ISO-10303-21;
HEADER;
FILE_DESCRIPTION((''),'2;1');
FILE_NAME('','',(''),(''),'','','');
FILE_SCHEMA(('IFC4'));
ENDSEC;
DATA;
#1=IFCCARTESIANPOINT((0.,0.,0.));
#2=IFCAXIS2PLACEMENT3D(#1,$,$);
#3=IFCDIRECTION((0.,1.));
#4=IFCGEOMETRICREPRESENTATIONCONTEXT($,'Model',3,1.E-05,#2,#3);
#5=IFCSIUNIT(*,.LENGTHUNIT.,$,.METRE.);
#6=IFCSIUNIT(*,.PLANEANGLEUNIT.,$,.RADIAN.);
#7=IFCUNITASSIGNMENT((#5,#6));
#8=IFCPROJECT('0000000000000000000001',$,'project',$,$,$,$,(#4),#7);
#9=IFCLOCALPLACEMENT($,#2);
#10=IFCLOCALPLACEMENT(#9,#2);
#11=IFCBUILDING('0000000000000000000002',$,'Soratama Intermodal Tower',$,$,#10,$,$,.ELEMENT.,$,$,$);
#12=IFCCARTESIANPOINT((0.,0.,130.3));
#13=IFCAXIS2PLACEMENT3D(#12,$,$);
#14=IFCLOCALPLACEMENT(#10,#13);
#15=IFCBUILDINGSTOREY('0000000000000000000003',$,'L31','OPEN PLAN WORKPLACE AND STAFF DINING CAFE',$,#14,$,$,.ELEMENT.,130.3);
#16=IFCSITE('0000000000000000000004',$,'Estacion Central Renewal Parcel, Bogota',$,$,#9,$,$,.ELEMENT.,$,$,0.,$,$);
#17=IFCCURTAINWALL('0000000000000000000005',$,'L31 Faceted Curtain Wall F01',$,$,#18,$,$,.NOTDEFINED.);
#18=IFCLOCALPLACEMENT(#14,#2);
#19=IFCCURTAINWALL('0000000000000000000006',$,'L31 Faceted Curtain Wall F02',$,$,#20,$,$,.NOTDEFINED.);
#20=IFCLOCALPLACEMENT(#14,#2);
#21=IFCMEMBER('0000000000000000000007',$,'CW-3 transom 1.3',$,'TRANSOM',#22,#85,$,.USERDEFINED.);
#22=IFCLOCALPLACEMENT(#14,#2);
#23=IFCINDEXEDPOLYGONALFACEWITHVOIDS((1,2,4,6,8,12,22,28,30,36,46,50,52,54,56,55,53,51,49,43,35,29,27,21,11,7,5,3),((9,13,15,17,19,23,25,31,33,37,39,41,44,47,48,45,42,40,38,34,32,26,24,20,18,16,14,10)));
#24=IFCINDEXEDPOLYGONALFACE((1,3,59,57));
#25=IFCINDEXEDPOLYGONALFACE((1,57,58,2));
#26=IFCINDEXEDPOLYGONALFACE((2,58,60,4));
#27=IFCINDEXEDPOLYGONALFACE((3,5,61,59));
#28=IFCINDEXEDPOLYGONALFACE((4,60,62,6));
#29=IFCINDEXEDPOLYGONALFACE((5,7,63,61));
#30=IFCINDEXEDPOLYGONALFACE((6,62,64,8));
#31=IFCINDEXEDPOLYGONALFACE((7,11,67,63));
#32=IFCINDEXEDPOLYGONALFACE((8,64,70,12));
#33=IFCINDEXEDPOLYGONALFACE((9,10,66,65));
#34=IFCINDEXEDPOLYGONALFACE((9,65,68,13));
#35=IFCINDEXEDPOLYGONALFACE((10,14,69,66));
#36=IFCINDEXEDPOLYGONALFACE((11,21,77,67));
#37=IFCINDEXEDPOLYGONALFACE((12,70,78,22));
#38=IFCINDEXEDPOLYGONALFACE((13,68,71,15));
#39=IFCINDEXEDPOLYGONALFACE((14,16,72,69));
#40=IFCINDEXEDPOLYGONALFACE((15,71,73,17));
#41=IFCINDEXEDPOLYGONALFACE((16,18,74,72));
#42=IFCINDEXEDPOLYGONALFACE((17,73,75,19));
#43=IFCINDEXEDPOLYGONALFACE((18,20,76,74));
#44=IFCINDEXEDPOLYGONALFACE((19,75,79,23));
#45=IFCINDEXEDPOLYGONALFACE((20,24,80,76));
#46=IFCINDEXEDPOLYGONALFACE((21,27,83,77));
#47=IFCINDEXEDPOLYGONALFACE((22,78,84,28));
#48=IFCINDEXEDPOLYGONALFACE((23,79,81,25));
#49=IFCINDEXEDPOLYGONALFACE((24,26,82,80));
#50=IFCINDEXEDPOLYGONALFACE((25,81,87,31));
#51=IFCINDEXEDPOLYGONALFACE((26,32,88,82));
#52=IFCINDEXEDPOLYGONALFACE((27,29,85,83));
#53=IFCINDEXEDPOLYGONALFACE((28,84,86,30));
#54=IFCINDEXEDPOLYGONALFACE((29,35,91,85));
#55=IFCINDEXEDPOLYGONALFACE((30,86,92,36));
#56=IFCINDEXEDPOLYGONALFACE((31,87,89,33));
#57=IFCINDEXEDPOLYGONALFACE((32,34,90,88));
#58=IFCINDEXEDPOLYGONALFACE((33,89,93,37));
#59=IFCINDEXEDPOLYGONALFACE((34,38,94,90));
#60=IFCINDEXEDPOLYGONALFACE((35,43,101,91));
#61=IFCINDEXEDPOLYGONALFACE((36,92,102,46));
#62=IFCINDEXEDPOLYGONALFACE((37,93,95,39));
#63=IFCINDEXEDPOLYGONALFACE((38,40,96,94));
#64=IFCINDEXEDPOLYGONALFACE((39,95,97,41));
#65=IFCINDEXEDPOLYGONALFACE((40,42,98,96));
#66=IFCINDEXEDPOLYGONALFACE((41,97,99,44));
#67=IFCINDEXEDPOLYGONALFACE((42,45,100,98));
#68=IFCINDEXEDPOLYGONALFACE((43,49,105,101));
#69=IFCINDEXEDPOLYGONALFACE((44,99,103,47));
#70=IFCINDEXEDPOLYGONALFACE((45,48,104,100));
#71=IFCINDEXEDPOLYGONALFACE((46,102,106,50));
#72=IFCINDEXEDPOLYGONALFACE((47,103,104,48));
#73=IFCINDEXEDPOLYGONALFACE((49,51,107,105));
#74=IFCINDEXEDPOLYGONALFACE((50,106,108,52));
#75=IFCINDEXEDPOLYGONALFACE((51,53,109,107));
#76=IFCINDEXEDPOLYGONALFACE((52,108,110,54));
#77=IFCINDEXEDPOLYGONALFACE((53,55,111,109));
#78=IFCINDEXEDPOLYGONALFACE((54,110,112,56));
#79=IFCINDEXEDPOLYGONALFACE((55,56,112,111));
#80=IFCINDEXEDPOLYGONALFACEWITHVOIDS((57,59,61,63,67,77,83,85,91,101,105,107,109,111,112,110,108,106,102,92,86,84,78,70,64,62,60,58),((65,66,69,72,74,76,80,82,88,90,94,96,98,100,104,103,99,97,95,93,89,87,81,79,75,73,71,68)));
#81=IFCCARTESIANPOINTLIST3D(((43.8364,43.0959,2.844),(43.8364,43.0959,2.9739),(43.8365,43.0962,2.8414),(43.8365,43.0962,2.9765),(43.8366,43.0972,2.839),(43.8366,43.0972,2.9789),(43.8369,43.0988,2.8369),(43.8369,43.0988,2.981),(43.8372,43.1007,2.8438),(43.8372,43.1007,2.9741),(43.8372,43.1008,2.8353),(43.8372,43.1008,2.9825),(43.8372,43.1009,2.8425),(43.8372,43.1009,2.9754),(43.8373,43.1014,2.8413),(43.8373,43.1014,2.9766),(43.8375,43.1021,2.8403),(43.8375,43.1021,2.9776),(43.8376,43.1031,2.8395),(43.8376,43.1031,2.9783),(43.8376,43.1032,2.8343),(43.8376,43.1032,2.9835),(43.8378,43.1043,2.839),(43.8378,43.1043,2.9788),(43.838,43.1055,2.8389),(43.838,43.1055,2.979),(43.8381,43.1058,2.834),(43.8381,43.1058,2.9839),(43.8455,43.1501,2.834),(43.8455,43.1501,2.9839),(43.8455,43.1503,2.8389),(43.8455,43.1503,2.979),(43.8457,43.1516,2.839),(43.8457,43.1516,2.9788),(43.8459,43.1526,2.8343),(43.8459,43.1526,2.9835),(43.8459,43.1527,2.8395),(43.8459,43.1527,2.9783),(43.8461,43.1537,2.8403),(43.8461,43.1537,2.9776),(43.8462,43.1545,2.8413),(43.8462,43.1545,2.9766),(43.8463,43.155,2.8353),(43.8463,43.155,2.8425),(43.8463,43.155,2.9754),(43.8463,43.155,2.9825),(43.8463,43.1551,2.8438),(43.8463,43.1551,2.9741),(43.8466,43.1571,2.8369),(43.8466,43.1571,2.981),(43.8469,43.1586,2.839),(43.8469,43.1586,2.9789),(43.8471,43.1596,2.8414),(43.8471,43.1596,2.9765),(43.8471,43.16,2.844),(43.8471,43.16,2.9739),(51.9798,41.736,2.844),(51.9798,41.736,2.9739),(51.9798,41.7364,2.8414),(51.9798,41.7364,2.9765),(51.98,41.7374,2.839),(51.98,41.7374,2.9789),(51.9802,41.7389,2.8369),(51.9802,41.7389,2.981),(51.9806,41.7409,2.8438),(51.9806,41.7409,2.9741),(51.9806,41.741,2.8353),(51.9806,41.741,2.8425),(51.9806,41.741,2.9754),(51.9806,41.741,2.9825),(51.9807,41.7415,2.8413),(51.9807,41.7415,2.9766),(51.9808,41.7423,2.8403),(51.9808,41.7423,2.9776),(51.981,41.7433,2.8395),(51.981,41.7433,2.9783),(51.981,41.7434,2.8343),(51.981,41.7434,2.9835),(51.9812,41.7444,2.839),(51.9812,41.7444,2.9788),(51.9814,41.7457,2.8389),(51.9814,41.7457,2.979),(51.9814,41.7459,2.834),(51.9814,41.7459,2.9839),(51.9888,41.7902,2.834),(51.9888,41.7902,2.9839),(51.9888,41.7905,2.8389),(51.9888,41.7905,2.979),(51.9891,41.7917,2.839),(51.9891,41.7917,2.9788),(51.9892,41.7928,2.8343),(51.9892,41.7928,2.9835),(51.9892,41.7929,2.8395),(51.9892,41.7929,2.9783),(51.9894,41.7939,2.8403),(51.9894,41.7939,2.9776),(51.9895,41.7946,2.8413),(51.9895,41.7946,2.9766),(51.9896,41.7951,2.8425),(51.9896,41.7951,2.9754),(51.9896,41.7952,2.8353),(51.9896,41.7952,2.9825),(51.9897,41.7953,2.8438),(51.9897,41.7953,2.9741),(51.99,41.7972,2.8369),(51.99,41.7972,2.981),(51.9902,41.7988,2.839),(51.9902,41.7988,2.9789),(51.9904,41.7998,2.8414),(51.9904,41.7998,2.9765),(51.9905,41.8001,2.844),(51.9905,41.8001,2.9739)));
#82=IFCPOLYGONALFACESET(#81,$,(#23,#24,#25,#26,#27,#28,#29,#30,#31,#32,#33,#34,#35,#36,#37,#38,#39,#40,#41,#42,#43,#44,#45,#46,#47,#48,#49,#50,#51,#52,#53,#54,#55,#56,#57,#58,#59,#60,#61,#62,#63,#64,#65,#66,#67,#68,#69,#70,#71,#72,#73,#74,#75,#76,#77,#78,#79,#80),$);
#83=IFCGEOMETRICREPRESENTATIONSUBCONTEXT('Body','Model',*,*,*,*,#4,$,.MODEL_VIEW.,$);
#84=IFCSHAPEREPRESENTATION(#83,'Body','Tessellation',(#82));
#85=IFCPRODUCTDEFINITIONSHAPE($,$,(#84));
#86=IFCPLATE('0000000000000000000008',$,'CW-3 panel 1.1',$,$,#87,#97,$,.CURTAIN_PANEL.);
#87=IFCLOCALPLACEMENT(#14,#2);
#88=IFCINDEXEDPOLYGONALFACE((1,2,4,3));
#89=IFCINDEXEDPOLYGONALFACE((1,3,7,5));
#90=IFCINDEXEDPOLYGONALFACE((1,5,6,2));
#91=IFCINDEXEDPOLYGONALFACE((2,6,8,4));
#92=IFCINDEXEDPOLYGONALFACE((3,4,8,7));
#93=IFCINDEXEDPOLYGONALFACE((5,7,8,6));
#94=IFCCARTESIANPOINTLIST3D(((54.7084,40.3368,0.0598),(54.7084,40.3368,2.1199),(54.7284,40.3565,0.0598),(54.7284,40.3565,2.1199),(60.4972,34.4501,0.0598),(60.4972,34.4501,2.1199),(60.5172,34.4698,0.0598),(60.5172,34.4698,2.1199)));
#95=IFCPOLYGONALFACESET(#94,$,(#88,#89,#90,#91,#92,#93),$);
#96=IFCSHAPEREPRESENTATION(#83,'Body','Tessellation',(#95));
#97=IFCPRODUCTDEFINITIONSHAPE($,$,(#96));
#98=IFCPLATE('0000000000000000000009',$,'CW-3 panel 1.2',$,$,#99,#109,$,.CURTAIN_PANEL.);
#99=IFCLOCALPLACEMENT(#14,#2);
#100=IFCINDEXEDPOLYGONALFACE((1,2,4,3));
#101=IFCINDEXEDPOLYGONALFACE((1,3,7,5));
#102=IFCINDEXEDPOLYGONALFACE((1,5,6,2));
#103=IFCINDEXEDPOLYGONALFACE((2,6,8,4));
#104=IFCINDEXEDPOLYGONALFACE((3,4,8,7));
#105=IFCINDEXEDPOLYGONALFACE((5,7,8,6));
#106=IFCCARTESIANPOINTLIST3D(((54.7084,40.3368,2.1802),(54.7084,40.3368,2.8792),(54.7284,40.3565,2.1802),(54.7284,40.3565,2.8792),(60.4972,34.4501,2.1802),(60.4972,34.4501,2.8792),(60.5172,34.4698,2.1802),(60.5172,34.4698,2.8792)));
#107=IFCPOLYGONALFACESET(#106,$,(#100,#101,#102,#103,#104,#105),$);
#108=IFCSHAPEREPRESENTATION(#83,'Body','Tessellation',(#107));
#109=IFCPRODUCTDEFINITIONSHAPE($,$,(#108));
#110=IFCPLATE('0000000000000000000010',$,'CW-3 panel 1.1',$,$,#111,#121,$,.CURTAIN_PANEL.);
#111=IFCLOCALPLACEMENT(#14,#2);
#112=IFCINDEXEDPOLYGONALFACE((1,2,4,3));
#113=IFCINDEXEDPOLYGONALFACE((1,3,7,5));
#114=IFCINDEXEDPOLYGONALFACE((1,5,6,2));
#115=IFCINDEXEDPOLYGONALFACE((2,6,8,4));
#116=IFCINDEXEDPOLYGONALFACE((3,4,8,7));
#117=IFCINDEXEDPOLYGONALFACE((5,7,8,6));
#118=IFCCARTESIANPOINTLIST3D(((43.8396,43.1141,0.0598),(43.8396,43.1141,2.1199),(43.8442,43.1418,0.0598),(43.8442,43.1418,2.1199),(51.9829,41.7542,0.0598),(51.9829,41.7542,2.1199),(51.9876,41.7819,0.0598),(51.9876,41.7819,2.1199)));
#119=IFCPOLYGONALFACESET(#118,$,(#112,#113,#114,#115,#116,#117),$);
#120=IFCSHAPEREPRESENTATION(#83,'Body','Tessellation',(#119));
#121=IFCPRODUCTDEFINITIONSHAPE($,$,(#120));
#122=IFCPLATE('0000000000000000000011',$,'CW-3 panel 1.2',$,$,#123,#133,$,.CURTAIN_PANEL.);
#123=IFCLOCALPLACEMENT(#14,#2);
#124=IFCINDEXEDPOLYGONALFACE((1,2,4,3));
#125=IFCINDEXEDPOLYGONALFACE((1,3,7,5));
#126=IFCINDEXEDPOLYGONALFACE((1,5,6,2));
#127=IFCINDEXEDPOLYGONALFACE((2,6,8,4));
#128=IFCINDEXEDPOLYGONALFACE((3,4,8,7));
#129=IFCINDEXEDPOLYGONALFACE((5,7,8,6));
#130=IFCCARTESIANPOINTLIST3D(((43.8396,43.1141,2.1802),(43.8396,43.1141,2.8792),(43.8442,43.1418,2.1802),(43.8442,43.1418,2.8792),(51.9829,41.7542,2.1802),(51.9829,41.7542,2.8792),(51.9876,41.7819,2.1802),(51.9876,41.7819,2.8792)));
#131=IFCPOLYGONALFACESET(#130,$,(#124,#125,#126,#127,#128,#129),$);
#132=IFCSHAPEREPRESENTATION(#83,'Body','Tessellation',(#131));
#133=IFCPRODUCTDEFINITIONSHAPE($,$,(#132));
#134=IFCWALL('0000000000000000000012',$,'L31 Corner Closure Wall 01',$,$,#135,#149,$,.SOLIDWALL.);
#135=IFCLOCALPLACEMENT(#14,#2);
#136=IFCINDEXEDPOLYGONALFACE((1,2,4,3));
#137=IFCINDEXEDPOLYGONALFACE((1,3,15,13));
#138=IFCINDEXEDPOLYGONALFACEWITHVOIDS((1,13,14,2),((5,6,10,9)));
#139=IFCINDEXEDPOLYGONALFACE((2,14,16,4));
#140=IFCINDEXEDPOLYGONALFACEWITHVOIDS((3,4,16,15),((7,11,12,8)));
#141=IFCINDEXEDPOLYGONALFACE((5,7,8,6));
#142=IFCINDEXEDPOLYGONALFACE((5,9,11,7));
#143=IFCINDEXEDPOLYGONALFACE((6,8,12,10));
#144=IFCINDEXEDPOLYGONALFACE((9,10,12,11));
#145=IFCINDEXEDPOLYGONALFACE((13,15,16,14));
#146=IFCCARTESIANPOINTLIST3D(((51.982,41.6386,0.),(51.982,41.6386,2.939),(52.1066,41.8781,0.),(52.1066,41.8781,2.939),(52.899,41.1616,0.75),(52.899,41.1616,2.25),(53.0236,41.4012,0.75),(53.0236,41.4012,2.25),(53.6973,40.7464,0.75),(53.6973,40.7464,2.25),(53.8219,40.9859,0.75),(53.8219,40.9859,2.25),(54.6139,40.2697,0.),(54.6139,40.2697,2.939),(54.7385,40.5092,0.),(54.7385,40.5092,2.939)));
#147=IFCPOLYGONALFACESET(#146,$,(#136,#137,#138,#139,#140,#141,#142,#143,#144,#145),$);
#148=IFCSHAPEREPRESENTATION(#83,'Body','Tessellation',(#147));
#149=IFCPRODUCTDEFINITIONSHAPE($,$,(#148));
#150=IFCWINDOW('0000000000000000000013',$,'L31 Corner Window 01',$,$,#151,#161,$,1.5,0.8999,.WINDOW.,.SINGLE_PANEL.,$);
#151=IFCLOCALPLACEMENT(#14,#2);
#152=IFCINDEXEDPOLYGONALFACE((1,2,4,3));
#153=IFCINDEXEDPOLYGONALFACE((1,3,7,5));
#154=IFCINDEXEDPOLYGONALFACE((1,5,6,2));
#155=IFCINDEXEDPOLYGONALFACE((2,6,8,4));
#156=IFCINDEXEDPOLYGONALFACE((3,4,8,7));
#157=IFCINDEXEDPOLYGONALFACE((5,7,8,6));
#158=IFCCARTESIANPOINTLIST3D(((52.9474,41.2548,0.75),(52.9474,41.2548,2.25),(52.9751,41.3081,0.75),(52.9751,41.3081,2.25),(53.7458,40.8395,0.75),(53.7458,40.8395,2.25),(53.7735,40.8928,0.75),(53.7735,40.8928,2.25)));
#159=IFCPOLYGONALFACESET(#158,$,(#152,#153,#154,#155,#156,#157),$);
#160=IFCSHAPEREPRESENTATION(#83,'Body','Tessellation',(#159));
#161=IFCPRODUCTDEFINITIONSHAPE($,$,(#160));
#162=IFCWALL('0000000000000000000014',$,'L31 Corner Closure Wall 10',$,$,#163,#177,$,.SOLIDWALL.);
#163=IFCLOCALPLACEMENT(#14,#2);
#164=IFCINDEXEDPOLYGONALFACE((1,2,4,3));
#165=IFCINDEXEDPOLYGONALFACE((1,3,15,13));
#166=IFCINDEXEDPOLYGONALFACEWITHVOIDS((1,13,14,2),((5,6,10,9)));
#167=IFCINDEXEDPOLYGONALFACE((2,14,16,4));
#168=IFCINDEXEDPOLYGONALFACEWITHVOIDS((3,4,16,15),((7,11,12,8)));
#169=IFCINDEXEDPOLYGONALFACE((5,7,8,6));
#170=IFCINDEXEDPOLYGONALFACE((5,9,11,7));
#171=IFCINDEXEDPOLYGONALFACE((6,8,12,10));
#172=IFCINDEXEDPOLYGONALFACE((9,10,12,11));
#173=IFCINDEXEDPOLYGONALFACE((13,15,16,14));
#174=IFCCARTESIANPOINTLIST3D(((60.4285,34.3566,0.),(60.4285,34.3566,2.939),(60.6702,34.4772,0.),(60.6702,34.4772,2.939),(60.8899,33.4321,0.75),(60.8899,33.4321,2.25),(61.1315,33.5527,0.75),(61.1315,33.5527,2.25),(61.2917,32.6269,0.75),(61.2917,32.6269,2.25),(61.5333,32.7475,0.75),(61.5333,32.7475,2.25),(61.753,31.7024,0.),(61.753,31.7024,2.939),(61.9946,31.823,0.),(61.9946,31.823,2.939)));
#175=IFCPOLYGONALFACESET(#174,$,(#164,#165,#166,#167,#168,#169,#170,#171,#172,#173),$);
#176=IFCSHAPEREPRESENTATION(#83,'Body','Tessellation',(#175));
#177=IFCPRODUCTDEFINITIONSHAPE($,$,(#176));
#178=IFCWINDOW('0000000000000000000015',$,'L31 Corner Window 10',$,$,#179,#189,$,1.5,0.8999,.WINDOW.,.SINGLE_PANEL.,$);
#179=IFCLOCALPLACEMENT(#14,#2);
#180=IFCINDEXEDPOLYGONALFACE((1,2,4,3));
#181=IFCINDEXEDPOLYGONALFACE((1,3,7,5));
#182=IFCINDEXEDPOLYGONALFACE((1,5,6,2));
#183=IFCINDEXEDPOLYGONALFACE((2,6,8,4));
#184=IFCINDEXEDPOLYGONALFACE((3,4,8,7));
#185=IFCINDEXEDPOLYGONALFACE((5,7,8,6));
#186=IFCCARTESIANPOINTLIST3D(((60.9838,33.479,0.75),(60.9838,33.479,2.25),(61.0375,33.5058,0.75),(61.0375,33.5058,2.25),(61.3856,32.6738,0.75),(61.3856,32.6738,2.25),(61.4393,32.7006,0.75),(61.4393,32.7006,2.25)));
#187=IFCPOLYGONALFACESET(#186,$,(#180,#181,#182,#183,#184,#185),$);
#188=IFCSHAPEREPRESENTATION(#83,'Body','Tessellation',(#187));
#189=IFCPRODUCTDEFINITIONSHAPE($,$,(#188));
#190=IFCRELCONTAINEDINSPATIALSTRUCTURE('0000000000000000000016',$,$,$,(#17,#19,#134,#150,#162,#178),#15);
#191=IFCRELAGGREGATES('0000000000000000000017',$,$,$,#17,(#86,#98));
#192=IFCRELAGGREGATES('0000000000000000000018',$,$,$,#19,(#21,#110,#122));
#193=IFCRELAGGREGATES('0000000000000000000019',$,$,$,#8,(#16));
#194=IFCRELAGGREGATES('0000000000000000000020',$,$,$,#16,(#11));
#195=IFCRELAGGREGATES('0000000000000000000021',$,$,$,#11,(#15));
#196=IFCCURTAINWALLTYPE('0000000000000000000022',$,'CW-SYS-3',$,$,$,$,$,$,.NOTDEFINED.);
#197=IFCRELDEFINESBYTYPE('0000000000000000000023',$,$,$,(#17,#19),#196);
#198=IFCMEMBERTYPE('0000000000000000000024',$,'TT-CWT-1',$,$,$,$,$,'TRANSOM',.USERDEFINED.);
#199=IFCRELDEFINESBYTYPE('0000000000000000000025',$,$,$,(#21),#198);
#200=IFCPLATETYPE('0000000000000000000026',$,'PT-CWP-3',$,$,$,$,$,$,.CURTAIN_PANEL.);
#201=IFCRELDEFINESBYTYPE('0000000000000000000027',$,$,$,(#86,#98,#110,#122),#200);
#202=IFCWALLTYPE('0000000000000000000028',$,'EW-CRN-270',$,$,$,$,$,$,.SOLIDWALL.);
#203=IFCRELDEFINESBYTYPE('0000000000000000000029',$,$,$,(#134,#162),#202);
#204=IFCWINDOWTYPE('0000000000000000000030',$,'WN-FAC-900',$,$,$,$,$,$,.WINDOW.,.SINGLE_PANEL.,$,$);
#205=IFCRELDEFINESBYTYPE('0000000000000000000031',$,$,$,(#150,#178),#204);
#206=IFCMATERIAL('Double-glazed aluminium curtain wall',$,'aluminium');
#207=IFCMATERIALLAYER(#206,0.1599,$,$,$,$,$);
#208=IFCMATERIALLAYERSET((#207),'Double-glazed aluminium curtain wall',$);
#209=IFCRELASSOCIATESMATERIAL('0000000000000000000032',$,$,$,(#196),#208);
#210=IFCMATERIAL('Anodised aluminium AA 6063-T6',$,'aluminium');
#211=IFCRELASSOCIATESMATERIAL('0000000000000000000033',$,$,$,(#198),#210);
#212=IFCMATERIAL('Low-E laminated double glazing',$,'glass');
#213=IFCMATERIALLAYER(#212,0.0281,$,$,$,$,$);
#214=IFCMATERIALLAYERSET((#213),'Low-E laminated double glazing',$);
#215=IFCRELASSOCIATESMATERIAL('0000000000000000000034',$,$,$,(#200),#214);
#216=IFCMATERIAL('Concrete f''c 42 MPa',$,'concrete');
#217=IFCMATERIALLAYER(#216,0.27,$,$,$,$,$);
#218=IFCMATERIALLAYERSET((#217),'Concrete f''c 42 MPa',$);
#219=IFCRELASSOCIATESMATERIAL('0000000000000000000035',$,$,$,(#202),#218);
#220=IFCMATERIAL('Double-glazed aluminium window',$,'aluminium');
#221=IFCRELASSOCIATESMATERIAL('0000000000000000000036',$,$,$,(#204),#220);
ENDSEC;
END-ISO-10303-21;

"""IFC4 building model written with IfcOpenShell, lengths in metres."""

from ifc_helpers import new_model, si_unit, direction, frame, frame_2d, origin, origin_2d, place, context, subcontext, project, spatial, rectangle, hollow_rectangle, extrude, material, layer, layer_set, material_profile, profile_set, type_object, element, fill, aggregate, save


model = new_model("IFC4")

# Units and contexts
model_context = context("Model", 3, precision=1e-05, world=origin(), true_north=direction((0.0, 1.0)))
body_context = subcontext(model_context, "Body", "Model", "MODEL_VIEW")
ifc_project = project(units=[si_unit("LENGTHUNIT", "METRE"), si_unit("PLANEANGLEUNIT", "RADIAN")], contexts=[model_context])

# Site, building, storey
site_placement = place(None, origin())
site = spatial("IfcSite", under=ifc_project, at=site_placement, Name="Estacion Central Renewal Parcel, Bogota", CompositionType="ELEMENT", RefElevation=0.0)
building_placement = place(site_placement, origin())
building = spatial("IfcBuilding", under=site, at=building_placement, Name="Soratama Intermodal Tower", CompositionType="ELEMENT")
storey_placement = place(building_placement, frame((0.0, 0.0, 130.3)))
storey = spatial("IfcBuildingStorey", under=building, at=storey_placement, Name="L31", Description="OPEN PLAN WORKPLACE AND STAFF DINING CAFE", CompositionType="ELEMENT", Elevation=130.3)

# Curtain wall
ifc_material_1 = material(Name="Double-glazed aluminium curtain wall", Category="aluminium")
ifc_layer_1 = layer(ifc_material_1, 0.1599)
ifc_layer_set_1 = layer_set([ifc_layer_1], Name="Double-glazed aluminium curtain wall")
curtain_wall_type = type_object("IfcCurtainWallType", Name="CW-SYS-3", PredefinedType="NOTDEFINED", material=ifc_layer_set_1)
curtain_wall_1_placement = place(storey_placement, origin())
curtain_wall_1 = element("IfcCurtainWall", 1, at=curtain_wall_1_placement, inside=storey, type_object=curtain_wall_type, Name="L31 Faceted Curtain Wall F01", PredefinedType="NOTDEFINED")

# Curtain wall
curtain_wall_2_placement = place(storey_placement, origin())
curtain_wall_2 = element("IfcCurtainWall", 2, at=curtain_wall_2_placement, inside=storey, type_object=curtain_wall_type, Name="L31 Faceted Curtain Wall F02", PredefinedType="NOTDEFINED")

# Member
ifc_material_2 = material(Name="Anodised aluminium AA 6063-T6", Category="aluminium")
ifc_material_profile_1 = material_profile(ifc_material_2, hollow_rectangle(XDim=0.0649, YDim=0.1499, WallThickness=0.0049, InnerFilletRadius=0.0049, OuterFilletRadius=0.01, at=origin_2d()), Name="CWT150X65X5")
ifc_profile_set_1 = profile_set([ifc_material_profile_1], Name="Anodised aluminium AA 6063-T6")
member_type_1 = type_object("IfcMemberType", Name="TT-CWT-1", ElementType="TRANSOM", PredefinedType="USERDEFINED", material=ifc_profile_set_1)
member_1_placement = place(storey_placement, frame((51.9851, 41.7681, 2.9089), z_axis=(-0.986342, 0.164711, 0.0), x_axis=(-0.164711, -0.986342, 0.0)))
member_1 = element("IfcMember", 3, at=member_1_placement, type_object=member_type_1, Name="CW-3 transom 1.3", ObjectType="TRANSOM", PredefinedType="USERDEFINED", context=body_context, shape_type="SweptSolid", body=[
    extrude(hollow_rectangle(XDim=0.0649, YDim=0.1499, WallThickness=0.0049, InnerFilletRadius=0.0049, OuterFilletRadius=0.01, at=origin_2d()), origin(), (0.0, 0.0, 1.0), 8.2561),
])

# Plates
ifc_material_3 = material(Name="Low-E laminated double glazing", Category="glass")
ifc_layer_2 = layer(ifc_material_3, 0.0281)
ifc_layer_set_2 = layer_set([ifc_layer_2], Name="Low-E laminated double glazing")
plate_type = type_object("IfcPlateType", Name="PT-CWP-3", PredefinedType="CURTAIN_PANEL", material=ifc_layer_set_2)
plate_1_placement = place(storey_placement, frame((57.6128, 37.4033, 0.0598), z_axis=(0.0, 0.0, 1.0), x_axis=(-0.701154, 0.713009, 0.0)))
plate_1 = element("IfcPlate", 4, at=plate_1_placement, type_object=plate_type, Name="CW-3 panel 1.1", PredefinedType="CURTAIN_PANEL", context=body_context, shape_type="SweptSolid", body=[
    extrude(rectangle(XDim=8.2561, YDim=0.0281, at=origin_2d()), origin(), (0.0, 0.0, 1.0), 2.0601),
])
plate_2_placement = place(storey_placement, frame((57.6128, 37.4033, 2.1802), z_axis=(0.0, 0.0, 1.0), x_axis=(-0.701154, 0.713009, 0.0)))
plate_2 = element("IfcPlate", 5, at=plate_2_placement, type_object=plate_type, Name="CW-3 panel 1.2", PredefinedType="CURTAIN_PANEL", context=body_context, shape_type="SweptSolid", body=[
    extrude(rectangle(XDim=8.2561, YDim=0.0281, at=origin_2d()), origin(), (0.0, 0.0, 1.0), 0.699),
])
aggregate(curtain_wall_1, [plate_1, plate_2])
plate_3_placement = place(storey_placement, frame((47.9136, 42.448, 0.0598), z_axis=(0.0, 0.0, 1.0), x_axis=(-0.986343, 0.164705, 0.0)))
plate_3 = element("IfcPlate", 6, at=plate_3_placement, type_object=plate_type, Name="CW-3 panel 1.1", PredefinedType="CURTAIN_PANEL", context=body_context, shape_type="SweptSolid", body=[
    extrude(rectangle(XDim=8.2561, YDim=0.0281, at=origin_2d()), origin(), (0.0, 0.0, 1.0), 2.0601),
])
plate_4_placement = place(storey_placement, frame((47.9136, 42.448, 2.1802), z_axis=(0.0, 0.0, 1.0), x_axis=(-0.986343, 0.164705, 0.0)))
plate_4 = element("IfcPlate", 7, at=plate_4_placement, type_object=plate_type, Name="CW-3 panel 1.2", PredefinedType="CURTAIN_PANEL", context=body_context, shape_type="SweptSolid", body=[
    extrude(rectangle(XDim=8.2561, YDim=0.0281, at=origin_2d()), origin(), (0.0, 0.0, 1.0), 0.699),
])
aggregate(curtain_wall_2, [member_1, plate_3, plate_4])

# Walls, openings, windows
ifc_material_4 = material(Name="Concrete f'c 42 MPa", Category="concrete")
ifc_layer_3 = layer(ifc_material_4, 0.27)
ifc_layer_set_3 = layer_set([ifc_layer_3], Name="Concrete f'c 42 MPa")
wall_type = type_object("IfcWallType", Name="EW-CRN-270", PredefinedType="SOLIDWALL", material=ifc_layer_set_3)
wall_1_placement = place(storey_placement, frame((54.6763, 40.3894, 0.0), z_axis=(0.0, 0.0, 1.0), x_axis=(-0.88717, 0.461443, 0.0)))
wall_1 = element("IfcWall", 8, at=wall_1_placement, inside=storey, type_object=wall_type, Name="L31 Corner Closure Wall 01", PredefinedType="SOLIDWALL", context=body_context, shape_type="SweptSolid", body=[
    extrude(rectangle(XDim=2.9666, YDim=0.27, at=frame_2d((1.4834, 0.0))), origin(), (0.0, 0.0, 1.0), 2.939),
])
opening_1_placement = place(wall_1_placement, frame((1.0332, 0.0, 0.75)))
opening_1 = element("IfcOpeningElement", 9, at=opening_1_placement, cuts=wall_1, PredefinedType="OPENING", context=body_context, shape_type="SweptSolid", body=[
    extrude(rectangle(XDim=0.8999, YDim=1.5, at=frame_2d((0.45, 0.75))), frame((0.0, 0.145, 0.0), z_axis=(0.0, -1.0, 0.0), x_axis=(1.0, 0.0, 0.0)), (0.0, 0.0, 1.0), 0.29),
])
ifc_material_5 = material(Name="Double-glazed aluminium window", Category="aluminium")
window_type = type_object("IfcWindowType", Name="WN-FAC-900", PartitioningType="SINGLE_PANEL", PredefinedType="WINDOW", material=ifc_material_5)
window_1_placement = place(opening_1_placement, origin())
window_1 = element("IfcWindow", 10, at=window_1_placement, inside=storey, type_object=window_type, Name="L31 Corner Window 01", OverallHeight=1.5, OverallWidth=0.8999, PartitioningType="SINGLE_PANEL", PredefinedType="WINDOW", context=body_context, shape_type="SweptSolid", body=[
    extrude(rectangle(XDim=0.8999, YDim=1.5, at=frame_2d((0.45, 0.75))), frame((0.0, 0.03, 0.0), z_axis=(0.0, -1.0, 0.0), x_axis=(1.0, 0.0, 0.0)), (0.0, 0.0, 1.0), 0.0601),
])
fill(opening_1, window_1)
wall_2_placement = place(storey_placement, frame((61.8738, 31.7627, 0.0), z_axis=(0.0, 0.0, 1.0), x_axis=(-0.446489, 0.894789, 0.0)))
wall_2 = element("IfcWall", 11, at=wall_2_placement, inside=storey, type_object=wall_type, Name="L31 Corner Closure Wall 10", PredefinedType="SOLIDWALL", context=body_context, shape_type="SweptSolid", body=[
    extrude(rectangle(XDim=2.9663, YDim=0.27, at=frame_2d((1.4832, 0.0))), origin(), (0.0, 0.0, 1.0), 2.939),
])
opening_2_placement = place(wall_2_placement, frame((1.0332, 0.0, 0.75)))
opening_2 = element("IfcOpeningElement", 12, at=opening_2_placement, cuts=wall_2, PredefinedType="OPENING", context=body_context, shape_type="SweptSolid", body=[
    extrude(rectangle(XDim=0.8999, YDim=1.5, at=frame_2d((0.45, 0.75))), frame((0.0, 0.145, 0.0), z_axis=(0.0, -1.0, 0.0), x_axis=(1.0, 0.0, 0.0)), (0.0, 0.0, 1.0), 0.29),
])
window_2_placement = place(opening_2_placement, origin())
window_2 = element("IfcWindow", 13, at=window_2_placement, inside=storey, type_object=window_type, Name="L31 Corner Window 10", OverallHeight=1.5, OverallWidth=0.8999, PartitioningType="SINGLE_PANEL", PredefinedType="WINDOW", context=body_context, shape_type="SweptSolid", body=[
    extrude(rectangle(XDim=0.8999, YDim=1.5, at=frame_2d((0.45, 0.75))), frame((0.0, 0.03, 0.0), z_axis=(0.0, -1.0, 0.0), x_axis=(1.0, 0.0, 0.0)), (0.0, 0.0, 1.0), 0.0601),
])
fill(opening_2, window_2)

save(model, "model.ifc")
